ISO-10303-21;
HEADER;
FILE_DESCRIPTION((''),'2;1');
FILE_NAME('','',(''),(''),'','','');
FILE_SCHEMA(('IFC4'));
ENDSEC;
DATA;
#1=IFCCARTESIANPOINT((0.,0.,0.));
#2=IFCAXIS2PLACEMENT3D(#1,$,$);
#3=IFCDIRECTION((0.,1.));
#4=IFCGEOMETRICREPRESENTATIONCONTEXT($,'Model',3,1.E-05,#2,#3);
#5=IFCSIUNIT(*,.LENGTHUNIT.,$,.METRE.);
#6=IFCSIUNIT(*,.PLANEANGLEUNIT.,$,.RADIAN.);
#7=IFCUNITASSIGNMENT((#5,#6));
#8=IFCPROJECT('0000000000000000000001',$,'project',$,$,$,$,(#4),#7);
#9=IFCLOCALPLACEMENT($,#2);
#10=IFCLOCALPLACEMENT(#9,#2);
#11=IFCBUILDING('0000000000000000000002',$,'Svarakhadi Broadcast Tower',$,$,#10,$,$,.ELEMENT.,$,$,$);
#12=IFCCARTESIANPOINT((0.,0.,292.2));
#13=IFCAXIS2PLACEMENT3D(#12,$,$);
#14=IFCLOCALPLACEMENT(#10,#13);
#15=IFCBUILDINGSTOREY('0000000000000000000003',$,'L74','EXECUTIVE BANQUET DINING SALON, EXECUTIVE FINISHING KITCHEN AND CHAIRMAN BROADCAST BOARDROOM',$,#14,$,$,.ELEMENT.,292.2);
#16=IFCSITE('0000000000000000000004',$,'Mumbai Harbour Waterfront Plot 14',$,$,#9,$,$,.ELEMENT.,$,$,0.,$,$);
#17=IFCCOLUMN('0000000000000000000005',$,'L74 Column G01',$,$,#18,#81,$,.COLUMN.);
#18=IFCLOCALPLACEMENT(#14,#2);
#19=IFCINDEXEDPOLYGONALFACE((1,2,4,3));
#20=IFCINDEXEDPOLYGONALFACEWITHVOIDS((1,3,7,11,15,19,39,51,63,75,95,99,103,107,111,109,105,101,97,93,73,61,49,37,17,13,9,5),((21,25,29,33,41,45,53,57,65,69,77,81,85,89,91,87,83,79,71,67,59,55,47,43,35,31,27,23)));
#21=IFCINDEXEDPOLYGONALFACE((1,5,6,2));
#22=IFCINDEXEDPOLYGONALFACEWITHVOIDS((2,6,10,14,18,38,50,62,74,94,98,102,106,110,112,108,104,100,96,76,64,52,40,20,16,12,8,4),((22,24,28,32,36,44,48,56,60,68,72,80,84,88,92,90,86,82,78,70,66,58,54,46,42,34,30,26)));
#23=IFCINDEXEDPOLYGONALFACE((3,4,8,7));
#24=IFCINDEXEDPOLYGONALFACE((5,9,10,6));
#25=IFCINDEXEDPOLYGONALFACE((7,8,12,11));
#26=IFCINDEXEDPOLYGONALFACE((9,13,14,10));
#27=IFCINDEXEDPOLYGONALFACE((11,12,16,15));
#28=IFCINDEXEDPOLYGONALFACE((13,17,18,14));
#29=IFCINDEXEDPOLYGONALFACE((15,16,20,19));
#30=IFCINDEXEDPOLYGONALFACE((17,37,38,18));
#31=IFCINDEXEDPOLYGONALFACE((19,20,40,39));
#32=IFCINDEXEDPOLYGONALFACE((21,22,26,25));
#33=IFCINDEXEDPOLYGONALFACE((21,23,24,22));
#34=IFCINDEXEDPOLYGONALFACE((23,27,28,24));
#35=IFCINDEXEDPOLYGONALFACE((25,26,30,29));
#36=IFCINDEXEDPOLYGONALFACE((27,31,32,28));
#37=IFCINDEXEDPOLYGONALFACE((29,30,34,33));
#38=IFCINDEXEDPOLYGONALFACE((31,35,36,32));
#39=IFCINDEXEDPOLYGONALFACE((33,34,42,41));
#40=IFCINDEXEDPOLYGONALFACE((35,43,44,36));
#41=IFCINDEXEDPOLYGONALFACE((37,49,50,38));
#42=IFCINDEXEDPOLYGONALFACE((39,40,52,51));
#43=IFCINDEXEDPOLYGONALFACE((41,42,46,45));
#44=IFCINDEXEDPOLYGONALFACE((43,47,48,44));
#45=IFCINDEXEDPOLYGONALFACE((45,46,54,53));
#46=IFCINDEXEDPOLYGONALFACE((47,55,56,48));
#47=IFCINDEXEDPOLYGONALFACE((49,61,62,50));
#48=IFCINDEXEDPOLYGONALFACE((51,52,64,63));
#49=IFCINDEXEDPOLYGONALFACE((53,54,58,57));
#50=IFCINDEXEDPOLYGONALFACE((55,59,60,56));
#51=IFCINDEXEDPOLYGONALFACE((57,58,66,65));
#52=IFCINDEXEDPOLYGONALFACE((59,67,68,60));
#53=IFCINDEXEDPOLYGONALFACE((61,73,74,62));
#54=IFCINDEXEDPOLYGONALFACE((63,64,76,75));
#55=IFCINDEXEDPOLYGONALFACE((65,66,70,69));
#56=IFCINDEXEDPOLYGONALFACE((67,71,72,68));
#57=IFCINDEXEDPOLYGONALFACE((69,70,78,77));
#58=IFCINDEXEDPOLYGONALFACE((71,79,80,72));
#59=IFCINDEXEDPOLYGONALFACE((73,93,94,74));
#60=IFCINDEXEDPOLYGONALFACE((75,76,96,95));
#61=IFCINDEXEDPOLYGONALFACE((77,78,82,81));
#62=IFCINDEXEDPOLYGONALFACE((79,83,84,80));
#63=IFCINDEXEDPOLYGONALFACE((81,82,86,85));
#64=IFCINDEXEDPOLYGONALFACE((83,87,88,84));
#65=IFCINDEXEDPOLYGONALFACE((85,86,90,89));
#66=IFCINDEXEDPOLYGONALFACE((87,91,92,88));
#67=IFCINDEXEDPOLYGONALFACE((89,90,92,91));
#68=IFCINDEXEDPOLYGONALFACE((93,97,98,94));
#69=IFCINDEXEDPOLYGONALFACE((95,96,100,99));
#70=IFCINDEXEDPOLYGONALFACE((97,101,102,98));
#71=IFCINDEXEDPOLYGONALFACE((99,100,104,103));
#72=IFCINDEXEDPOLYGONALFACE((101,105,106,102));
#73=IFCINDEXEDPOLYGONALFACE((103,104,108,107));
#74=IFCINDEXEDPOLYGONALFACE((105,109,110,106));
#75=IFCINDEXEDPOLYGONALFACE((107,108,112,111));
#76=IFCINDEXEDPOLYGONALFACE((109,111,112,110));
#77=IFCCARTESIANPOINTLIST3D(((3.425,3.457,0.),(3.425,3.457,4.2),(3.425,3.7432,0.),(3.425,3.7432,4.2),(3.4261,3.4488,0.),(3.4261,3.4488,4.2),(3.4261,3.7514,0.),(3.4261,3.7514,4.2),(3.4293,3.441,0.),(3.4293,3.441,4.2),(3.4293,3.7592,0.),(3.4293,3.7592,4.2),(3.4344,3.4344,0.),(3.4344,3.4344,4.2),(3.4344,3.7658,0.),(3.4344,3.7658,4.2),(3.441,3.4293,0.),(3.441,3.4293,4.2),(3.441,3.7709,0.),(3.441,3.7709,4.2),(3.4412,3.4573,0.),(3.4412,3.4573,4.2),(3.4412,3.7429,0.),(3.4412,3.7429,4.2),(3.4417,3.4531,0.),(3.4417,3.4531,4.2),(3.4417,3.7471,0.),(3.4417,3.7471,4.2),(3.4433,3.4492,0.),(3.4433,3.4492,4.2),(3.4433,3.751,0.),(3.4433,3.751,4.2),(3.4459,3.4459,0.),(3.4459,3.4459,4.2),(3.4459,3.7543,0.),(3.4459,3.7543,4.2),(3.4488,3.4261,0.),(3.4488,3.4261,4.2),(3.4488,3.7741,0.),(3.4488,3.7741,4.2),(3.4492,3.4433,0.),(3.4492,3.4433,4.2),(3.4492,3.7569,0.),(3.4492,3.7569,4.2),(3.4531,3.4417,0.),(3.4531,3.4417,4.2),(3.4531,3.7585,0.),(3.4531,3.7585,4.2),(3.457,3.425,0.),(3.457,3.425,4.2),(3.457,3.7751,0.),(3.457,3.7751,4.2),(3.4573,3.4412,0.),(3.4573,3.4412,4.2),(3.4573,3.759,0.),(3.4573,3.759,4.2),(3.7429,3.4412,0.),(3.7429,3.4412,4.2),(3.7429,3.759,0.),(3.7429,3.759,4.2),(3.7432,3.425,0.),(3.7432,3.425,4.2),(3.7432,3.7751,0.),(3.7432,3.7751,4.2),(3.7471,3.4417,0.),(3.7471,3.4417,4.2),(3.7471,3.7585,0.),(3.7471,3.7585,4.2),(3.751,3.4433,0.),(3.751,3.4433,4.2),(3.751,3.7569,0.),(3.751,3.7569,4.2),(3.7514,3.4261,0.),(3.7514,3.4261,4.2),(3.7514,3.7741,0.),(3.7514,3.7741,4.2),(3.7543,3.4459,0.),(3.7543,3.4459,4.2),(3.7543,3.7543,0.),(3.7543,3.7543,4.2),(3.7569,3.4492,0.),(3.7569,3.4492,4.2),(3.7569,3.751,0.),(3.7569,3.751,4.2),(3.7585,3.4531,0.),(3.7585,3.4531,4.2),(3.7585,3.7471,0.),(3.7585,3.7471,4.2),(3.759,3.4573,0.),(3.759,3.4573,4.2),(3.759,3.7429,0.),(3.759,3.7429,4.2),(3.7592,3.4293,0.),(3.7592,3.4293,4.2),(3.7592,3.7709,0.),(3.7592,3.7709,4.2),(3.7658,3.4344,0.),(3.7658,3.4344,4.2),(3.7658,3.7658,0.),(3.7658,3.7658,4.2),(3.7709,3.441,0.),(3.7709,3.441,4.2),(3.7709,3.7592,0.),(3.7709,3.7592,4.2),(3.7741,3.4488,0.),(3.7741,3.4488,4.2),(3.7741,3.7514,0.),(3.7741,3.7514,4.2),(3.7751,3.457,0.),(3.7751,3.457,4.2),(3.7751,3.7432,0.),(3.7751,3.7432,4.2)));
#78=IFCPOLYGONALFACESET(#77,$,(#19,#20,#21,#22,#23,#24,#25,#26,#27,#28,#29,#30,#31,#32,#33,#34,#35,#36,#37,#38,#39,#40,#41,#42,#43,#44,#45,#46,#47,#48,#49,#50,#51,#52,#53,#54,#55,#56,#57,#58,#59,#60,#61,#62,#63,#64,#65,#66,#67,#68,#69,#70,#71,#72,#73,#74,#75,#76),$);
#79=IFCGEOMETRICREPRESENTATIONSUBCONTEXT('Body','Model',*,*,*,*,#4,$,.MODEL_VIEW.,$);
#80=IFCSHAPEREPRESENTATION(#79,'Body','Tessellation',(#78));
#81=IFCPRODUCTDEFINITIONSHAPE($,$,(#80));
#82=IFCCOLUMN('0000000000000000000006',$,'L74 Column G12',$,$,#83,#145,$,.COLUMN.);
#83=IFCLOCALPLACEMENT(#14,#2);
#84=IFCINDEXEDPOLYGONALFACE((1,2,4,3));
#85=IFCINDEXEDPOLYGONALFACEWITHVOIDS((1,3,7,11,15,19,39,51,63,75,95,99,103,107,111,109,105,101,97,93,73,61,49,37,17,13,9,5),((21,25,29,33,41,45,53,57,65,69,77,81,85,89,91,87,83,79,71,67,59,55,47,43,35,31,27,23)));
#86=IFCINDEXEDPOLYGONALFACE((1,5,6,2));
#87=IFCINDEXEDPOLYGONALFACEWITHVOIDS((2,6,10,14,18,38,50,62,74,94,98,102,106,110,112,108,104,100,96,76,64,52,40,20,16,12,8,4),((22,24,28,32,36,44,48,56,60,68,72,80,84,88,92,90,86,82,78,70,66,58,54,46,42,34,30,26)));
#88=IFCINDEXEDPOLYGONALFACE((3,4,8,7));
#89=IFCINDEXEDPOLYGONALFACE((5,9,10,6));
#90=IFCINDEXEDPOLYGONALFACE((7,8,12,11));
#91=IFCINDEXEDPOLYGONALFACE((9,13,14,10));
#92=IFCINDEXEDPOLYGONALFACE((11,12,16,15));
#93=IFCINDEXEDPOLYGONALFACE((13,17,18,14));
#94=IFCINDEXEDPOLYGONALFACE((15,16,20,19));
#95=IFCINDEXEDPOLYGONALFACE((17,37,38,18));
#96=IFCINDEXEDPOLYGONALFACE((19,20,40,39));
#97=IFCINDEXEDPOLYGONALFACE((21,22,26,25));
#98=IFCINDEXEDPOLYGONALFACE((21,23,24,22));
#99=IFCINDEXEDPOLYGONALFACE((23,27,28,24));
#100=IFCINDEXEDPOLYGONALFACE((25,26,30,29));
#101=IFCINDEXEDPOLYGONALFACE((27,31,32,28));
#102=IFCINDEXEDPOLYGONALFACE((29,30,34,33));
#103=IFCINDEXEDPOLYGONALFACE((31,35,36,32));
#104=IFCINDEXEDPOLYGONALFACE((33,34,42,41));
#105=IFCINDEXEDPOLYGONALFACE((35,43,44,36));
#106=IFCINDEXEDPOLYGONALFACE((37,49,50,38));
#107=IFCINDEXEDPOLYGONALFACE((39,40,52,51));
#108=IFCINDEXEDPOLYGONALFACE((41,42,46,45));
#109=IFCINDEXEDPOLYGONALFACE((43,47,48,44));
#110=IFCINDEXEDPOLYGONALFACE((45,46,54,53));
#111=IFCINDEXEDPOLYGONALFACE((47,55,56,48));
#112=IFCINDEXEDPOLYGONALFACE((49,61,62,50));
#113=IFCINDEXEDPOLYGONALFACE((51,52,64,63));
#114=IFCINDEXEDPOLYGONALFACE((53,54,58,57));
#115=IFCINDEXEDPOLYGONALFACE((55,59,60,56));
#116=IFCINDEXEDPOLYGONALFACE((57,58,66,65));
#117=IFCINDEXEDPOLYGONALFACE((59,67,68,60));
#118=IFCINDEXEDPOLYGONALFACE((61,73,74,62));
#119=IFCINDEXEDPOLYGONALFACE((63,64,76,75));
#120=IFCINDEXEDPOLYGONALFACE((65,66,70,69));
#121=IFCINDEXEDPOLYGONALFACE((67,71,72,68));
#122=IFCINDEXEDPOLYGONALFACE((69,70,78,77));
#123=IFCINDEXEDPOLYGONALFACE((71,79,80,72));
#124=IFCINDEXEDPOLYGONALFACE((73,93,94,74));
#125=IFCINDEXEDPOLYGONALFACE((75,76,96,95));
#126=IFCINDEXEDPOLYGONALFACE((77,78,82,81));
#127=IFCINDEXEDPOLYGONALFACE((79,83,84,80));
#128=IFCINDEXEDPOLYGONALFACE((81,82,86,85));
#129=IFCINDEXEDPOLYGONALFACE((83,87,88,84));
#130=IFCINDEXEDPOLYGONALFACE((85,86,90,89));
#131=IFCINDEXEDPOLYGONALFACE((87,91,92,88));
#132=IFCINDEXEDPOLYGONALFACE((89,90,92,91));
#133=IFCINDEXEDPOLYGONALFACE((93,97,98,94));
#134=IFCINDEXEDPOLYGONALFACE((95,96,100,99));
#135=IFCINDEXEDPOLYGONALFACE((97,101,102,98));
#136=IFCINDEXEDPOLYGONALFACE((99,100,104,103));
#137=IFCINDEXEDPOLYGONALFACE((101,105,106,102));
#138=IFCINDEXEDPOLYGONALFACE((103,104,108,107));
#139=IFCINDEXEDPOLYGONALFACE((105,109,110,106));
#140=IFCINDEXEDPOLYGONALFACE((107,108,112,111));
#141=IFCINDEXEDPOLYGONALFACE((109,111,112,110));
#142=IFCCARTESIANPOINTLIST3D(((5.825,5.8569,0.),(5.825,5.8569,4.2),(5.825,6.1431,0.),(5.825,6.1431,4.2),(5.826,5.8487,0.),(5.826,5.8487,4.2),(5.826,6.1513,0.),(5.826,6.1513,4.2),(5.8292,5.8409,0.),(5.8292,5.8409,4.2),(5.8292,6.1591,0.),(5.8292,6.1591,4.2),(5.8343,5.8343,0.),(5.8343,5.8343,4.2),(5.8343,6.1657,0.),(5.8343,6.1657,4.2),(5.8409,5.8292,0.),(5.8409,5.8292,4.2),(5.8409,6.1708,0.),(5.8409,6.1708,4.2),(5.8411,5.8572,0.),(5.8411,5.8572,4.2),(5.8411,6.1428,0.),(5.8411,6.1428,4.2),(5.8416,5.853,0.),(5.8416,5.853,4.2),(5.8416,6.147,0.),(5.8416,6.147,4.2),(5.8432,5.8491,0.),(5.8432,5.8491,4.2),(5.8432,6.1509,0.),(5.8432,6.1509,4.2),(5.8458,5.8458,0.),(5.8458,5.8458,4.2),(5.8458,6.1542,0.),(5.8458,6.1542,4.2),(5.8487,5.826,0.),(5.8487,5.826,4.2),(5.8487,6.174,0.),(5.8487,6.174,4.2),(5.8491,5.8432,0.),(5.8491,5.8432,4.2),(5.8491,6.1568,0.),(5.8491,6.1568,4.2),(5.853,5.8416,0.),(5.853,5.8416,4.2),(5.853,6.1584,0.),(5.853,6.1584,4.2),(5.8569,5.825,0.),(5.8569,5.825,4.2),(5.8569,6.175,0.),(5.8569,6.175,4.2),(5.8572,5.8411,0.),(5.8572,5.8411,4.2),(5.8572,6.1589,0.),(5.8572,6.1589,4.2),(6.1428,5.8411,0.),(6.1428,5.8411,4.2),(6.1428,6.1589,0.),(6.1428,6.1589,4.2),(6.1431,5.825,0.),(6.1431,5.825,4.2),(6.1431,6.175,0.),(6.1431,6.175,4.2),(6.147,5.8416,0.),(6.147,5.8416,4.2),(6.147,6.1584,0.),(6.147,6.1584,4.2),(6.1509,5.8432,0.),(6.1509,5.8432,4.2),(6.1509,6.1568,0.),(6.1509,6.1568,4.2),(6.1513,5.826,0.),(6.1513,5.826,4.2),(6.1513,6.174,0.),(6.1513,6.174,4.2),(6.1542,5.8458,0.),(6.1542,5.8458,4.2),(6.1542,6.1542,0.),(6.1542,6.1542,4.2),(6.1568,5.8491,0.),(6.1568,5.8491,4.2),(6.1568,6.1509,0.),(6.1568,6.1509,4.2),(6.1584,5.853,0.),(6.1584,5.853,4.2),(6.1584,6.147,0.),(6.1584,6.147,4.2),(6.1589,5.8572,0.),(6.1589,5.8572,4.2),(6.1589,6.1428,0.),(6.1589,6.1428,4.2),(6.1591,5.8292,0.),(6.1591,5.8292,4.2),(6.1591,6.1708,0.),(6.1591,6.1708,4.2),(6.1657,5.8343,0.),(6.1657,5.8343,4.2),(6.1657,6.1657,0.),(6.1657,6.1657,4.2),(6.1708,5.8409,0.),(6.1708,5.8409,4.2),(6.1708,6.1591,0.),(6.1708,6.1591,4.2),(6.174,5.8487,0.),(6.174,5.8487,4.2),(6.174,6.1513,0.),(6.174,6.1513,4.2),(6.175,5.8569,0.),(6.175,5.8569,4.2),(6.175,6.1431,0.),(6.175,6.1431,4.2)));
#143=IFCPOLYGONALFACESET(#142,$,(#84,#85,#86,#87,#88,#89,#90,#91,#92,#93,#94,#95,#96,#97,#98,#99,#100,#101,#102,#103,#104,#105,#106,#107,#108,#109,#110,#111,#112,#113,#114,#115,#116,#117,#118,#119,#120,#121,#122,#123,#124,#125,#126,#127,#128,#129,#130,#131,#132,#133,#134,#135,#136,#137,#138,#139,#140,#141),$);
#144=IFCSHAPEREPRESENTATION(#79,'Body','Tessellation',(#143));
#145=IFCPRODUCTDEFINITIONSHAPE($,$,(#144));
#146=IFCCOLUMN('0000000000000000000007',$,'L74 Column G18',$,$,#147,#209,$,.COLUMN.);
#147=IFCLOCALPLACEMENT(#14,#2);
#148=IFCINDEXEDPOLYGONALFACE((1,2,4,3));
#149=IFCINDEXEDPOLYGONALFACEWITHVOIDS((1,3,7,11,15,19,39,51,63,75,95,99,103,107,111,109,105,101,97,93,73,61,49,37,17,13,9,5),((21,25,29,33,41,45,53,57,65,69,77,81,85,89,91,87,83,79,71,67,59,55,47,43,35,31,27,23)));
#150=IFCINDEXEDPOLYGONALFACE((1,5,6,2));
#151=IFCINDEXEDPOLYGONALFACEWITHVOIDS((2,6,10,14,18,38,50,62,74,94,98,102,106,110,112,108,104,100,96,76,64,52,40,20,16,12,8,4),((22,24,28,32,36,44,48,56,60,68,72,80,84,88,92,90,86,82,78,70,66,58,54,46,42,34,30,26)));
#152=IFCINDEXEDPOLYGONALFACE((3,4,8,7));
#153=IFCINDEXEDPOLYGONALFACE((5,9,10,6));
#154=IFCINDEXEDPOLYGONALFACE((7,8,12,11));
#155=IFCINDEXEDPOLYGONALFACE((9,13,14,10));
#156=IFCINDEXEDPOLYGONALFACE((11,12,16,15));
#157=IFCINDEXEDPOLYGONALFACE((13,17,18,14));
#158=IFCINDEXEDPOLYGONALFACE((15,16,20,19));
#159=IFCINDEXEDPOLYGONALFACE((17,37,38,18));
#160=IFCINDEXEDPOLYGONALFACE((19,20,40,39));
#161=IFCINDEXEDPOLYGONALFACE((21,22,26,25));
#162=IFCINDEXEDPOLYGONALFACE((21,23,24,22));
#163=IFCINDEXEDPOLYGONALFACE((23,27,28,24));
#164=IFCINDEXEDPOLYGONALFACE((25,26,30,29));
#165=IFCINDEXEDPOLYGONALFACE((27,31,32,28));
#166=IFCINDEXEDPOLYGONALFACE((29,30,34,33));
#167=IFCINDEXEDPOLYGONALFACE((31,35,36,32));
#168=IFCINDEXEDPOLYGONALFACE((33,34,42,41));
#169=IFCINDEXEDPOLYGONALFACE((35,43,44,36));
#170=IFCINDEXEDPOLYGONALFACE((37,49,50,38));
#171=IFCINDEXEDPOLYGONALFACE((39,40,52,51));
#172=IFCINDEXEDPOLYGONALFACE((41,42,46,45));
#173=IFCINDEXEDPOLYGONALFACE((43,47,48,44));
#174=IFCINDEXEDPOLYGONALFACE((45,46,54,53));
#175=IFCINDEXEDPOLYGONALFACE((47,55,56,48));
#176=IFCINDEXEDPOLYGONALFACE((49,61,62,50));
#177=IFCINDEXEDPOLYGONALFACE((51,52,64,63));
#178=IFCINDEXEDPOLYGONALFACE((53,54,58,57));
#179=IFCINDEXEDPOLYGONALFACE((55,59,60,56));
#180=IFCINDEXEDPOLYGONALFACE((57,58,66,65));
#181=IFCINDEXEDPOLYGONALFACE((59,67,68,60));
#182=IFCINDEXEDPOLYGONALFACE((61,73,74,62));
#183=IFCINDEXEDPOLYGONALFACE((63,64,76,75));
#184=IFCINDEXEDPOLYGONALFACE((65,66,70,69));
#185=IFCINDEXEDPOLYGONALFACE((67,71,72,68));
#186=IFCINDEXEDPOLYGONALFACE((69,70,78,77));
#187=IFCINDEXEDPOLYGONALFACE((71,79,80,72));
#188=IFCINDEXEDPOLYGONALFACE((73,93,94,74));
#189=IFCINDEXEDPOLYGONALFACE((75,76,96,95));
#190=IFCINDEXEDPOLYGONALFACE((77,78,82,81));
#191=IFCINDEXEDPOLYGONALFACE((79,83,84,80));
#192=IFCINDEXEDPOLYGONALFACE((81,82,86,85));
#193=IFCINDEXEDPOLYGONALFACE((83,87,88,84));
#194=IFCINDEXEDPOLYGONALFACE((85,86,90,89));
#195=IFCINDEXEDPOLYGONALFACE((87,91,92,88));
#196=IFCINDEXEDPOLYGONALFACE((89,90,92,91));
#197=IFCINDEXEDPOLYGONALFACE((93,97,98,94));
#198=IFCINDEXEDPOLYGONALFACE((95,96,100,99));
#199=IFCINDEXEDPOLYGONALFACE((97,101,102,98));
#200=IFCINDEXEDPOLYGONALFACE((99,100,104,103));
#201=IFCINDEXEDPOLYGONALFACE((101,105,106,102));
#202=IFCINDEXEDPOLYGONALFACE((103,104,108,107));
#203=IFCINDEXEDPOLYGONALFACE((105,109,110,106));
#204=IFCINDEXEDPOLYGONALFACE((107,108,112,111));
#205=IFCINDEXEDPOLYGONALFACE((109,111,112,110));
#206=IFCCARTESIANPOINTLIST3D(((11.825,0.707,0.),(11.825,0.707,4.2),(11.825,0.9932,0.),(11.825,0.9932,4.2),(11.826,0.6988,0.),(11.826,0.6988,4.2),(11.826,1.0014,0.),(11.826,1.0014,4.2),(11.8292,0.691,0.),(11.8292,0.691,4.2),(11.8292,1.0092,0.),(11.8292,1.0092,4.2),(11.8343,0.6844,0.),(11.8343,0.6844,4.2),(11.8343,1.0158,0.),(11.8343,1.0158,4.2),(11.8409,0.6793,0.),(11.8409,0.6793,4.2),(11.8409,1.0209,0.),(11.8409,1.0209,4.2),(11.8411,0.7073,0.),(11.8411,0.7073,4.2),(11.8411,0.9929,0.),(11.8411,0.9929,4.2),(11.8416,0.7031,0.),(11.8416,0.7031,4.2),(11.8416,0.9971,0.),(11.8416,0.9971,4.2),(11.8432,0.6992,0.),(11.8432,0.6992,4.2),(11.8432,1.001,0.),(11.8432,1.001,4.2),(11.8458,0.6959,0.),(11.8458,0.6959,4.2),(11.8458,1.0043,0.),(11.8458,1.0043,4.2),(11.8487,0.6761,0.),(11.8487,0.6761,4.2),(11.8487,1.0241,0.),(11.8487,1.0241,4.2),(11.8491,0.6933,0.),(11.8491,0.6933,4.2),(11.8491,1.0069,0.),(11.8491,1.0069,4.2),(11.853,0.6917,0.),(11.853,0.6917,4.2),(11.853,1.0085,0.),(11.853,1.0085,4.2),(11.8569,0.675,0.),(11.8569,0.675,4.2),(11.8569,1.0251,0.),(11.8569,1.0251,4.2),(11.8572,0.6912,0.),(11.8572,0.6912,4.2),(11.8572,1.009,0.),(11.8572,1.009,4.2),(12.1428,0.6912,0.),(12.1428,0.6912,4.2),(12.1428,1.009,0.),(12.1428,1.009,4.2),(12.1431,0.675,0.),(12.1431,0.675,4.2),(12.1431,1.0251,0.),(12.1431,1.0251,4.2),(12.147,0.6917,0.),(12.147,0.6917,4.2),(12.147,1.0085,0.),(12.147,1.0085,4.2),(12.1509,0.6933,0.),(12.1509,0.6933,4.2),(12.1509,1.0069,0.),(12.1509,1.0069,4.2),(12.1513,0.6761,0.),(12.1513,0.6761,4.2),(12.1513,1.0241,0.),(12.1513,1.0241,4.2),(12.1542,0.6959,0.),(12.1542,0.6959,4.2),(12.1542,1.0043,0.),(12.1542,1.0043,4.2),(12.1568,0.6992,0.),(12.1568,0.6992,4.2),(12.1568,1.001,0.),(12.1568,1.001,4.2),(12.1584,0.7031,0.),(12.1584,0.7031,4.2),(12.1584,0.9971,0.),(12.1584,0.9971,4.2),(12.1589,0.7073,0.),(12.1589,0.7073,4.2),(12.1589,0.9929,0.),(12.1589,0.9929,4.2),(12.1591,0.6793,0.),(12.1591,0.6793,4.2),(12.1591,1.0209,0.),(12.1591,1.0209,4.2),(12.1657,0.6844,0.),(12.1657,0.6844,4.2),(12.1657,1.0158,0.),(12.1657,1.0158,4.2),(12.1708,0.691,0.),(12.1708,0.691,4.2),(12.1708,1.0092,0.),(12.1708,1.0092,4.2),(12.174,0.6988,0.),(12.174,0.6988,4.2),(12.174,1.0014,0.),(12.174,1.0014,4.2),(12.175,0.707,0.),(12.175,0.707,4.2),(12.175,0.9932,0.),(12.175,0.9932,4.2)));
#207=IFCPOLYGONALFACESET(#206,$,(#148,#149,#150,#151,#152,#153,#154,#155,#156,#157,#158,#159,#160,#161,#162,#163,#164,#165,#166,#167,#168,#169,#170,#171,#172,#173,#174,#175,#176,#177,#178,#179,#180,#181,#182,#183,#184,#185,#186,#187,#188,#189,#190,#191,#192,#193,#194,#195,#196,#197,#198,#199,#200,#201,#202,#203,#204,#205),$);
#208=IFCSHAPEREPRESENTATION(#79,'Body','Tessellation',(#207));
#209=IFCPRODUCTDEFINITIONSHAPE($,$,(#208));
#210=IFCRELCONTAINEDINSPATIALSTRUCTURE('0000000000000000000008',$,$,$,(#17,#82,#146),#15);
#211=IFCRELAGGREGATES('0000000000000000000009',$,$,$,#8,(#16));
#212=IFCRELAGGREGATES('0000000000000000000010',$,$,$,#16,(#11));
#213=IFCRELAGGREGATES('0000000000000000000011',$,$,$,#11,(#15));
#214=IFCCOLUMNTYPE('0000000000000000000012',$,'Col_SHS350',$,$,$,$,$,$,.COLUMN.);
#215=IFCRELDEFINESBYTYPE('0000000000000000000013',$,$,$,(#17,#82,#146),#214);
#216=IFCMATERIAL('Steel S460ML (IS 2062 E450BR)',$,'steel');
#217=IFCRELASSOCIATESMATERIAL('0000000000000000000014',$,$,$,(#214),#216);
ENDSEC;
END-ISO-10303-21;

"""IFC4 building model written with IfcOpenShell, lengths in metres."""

from ifc_helpers import new_model, si_unit, direction, frame, origin, origin_2d, place, context, subcontext, project, spatial, hollow_rectangle, extrude, material, material_profile, profile_set, type_object, element, save


model = new_model("IFC4")

# Units and contexts
model_context = context("Model", 3, precision=1e-05, world=origin(), true_north=direction((0.0, 1.0)))
body_context = subcontext(model_context, "Body", "Model", "MODEL_VIEW")
ifc_project = project(units=[si_unit("LENGTHUNIT", "METRE"), si_unit("PLANEANGLEUNIT", "RADIAN")], contexts=[model_context])

# Site, building, storey
site_placement = place(None, origin())
site = spatial("IfcSite", under=ifc_project, at=site_placement, Name="Mumbai Harbour Waterfront Plot 14", CompositionType="ELEMENT", RefElevation=0.0)
building_placement = place(site_placement, origin())
building = spatial("IfcBuilding", under=site, at=building_placement, Name="Svarakhadi Broadcast Tower", CompositionType="ELEMENT")
storey_placement = place(building_placement, frame((0.0, 0.0, 292.2)))
storey = spatial("IfcBuildingStorey", under=building, at=storey_placement, Name="L74", Description="EXECUTIVE BANQUET DINING SALON, EXECUTIVE FINISHING KITCHEN AND CHAIRMAN BROADCAST BOARDROOM", CompositionType="ELEMENT", Elevation=292.2)

# Columns
ifc_material_1 = material(Name="Steel S460ML (IS 2062 E450BR)", Category="steel")
ifc_material_profile_1 = material_profile(ifc_material_1, hollow_rectangle(XDim=0.3501, YDim=0.3501, WallThickness=0.0161, InnerFilletRadius=0.0161, OuterFilletRadius=0.032, at=origin_2d()), Name="SHS 350x350x16")
ifc_profile_set_1 = profile_set([ifc_material_profile_1], Name="Steel S460ML (IS 2062 E450BR)")
column_type = type_object("IfcColumnType", Name="Col_SHS350", PredefinedType="COLUMN", material=ifc_profile_set_1)
for number, where, z_axis, x_axis, name in (
    (1, (3.6001, 3.6001, 0.0), (0.0, 0.0, 1.0), (1.0, 0.0, 0.0), "L74 Column G01"),
    (2, (6.0, 6.0, 0.0), (0.0, 0.0, 1.0), (1.0, 0.0, 0.0), "L74 Column G12"),
    (3, (12.0, 0.8501, 0.0), (0.0, 0.0, 1.0), (1.0, 0.0, 0.0), "L74 Column G18"),
):
    element("IfcColumn", number, at=place(storey_placement, frame(where, z_axis=z_axis, x_axis=x_axis)), inside=storey, type_object=column_type, Name=name, PredefinedType="COLUMN", context=body_context, shape_type="SweptSolid", body=[
        extrude(hollow_rectangle(XDim=0.3501, YDim=0.3501, WallThickness=0.0161, InnerFilletRadius=0.0161, OuterFilletRadius=0.032, at=origin_2d()), origin(), (0.0, 0.0, 1.0), 4.2),
    ])

save(model, "model.ifc")
